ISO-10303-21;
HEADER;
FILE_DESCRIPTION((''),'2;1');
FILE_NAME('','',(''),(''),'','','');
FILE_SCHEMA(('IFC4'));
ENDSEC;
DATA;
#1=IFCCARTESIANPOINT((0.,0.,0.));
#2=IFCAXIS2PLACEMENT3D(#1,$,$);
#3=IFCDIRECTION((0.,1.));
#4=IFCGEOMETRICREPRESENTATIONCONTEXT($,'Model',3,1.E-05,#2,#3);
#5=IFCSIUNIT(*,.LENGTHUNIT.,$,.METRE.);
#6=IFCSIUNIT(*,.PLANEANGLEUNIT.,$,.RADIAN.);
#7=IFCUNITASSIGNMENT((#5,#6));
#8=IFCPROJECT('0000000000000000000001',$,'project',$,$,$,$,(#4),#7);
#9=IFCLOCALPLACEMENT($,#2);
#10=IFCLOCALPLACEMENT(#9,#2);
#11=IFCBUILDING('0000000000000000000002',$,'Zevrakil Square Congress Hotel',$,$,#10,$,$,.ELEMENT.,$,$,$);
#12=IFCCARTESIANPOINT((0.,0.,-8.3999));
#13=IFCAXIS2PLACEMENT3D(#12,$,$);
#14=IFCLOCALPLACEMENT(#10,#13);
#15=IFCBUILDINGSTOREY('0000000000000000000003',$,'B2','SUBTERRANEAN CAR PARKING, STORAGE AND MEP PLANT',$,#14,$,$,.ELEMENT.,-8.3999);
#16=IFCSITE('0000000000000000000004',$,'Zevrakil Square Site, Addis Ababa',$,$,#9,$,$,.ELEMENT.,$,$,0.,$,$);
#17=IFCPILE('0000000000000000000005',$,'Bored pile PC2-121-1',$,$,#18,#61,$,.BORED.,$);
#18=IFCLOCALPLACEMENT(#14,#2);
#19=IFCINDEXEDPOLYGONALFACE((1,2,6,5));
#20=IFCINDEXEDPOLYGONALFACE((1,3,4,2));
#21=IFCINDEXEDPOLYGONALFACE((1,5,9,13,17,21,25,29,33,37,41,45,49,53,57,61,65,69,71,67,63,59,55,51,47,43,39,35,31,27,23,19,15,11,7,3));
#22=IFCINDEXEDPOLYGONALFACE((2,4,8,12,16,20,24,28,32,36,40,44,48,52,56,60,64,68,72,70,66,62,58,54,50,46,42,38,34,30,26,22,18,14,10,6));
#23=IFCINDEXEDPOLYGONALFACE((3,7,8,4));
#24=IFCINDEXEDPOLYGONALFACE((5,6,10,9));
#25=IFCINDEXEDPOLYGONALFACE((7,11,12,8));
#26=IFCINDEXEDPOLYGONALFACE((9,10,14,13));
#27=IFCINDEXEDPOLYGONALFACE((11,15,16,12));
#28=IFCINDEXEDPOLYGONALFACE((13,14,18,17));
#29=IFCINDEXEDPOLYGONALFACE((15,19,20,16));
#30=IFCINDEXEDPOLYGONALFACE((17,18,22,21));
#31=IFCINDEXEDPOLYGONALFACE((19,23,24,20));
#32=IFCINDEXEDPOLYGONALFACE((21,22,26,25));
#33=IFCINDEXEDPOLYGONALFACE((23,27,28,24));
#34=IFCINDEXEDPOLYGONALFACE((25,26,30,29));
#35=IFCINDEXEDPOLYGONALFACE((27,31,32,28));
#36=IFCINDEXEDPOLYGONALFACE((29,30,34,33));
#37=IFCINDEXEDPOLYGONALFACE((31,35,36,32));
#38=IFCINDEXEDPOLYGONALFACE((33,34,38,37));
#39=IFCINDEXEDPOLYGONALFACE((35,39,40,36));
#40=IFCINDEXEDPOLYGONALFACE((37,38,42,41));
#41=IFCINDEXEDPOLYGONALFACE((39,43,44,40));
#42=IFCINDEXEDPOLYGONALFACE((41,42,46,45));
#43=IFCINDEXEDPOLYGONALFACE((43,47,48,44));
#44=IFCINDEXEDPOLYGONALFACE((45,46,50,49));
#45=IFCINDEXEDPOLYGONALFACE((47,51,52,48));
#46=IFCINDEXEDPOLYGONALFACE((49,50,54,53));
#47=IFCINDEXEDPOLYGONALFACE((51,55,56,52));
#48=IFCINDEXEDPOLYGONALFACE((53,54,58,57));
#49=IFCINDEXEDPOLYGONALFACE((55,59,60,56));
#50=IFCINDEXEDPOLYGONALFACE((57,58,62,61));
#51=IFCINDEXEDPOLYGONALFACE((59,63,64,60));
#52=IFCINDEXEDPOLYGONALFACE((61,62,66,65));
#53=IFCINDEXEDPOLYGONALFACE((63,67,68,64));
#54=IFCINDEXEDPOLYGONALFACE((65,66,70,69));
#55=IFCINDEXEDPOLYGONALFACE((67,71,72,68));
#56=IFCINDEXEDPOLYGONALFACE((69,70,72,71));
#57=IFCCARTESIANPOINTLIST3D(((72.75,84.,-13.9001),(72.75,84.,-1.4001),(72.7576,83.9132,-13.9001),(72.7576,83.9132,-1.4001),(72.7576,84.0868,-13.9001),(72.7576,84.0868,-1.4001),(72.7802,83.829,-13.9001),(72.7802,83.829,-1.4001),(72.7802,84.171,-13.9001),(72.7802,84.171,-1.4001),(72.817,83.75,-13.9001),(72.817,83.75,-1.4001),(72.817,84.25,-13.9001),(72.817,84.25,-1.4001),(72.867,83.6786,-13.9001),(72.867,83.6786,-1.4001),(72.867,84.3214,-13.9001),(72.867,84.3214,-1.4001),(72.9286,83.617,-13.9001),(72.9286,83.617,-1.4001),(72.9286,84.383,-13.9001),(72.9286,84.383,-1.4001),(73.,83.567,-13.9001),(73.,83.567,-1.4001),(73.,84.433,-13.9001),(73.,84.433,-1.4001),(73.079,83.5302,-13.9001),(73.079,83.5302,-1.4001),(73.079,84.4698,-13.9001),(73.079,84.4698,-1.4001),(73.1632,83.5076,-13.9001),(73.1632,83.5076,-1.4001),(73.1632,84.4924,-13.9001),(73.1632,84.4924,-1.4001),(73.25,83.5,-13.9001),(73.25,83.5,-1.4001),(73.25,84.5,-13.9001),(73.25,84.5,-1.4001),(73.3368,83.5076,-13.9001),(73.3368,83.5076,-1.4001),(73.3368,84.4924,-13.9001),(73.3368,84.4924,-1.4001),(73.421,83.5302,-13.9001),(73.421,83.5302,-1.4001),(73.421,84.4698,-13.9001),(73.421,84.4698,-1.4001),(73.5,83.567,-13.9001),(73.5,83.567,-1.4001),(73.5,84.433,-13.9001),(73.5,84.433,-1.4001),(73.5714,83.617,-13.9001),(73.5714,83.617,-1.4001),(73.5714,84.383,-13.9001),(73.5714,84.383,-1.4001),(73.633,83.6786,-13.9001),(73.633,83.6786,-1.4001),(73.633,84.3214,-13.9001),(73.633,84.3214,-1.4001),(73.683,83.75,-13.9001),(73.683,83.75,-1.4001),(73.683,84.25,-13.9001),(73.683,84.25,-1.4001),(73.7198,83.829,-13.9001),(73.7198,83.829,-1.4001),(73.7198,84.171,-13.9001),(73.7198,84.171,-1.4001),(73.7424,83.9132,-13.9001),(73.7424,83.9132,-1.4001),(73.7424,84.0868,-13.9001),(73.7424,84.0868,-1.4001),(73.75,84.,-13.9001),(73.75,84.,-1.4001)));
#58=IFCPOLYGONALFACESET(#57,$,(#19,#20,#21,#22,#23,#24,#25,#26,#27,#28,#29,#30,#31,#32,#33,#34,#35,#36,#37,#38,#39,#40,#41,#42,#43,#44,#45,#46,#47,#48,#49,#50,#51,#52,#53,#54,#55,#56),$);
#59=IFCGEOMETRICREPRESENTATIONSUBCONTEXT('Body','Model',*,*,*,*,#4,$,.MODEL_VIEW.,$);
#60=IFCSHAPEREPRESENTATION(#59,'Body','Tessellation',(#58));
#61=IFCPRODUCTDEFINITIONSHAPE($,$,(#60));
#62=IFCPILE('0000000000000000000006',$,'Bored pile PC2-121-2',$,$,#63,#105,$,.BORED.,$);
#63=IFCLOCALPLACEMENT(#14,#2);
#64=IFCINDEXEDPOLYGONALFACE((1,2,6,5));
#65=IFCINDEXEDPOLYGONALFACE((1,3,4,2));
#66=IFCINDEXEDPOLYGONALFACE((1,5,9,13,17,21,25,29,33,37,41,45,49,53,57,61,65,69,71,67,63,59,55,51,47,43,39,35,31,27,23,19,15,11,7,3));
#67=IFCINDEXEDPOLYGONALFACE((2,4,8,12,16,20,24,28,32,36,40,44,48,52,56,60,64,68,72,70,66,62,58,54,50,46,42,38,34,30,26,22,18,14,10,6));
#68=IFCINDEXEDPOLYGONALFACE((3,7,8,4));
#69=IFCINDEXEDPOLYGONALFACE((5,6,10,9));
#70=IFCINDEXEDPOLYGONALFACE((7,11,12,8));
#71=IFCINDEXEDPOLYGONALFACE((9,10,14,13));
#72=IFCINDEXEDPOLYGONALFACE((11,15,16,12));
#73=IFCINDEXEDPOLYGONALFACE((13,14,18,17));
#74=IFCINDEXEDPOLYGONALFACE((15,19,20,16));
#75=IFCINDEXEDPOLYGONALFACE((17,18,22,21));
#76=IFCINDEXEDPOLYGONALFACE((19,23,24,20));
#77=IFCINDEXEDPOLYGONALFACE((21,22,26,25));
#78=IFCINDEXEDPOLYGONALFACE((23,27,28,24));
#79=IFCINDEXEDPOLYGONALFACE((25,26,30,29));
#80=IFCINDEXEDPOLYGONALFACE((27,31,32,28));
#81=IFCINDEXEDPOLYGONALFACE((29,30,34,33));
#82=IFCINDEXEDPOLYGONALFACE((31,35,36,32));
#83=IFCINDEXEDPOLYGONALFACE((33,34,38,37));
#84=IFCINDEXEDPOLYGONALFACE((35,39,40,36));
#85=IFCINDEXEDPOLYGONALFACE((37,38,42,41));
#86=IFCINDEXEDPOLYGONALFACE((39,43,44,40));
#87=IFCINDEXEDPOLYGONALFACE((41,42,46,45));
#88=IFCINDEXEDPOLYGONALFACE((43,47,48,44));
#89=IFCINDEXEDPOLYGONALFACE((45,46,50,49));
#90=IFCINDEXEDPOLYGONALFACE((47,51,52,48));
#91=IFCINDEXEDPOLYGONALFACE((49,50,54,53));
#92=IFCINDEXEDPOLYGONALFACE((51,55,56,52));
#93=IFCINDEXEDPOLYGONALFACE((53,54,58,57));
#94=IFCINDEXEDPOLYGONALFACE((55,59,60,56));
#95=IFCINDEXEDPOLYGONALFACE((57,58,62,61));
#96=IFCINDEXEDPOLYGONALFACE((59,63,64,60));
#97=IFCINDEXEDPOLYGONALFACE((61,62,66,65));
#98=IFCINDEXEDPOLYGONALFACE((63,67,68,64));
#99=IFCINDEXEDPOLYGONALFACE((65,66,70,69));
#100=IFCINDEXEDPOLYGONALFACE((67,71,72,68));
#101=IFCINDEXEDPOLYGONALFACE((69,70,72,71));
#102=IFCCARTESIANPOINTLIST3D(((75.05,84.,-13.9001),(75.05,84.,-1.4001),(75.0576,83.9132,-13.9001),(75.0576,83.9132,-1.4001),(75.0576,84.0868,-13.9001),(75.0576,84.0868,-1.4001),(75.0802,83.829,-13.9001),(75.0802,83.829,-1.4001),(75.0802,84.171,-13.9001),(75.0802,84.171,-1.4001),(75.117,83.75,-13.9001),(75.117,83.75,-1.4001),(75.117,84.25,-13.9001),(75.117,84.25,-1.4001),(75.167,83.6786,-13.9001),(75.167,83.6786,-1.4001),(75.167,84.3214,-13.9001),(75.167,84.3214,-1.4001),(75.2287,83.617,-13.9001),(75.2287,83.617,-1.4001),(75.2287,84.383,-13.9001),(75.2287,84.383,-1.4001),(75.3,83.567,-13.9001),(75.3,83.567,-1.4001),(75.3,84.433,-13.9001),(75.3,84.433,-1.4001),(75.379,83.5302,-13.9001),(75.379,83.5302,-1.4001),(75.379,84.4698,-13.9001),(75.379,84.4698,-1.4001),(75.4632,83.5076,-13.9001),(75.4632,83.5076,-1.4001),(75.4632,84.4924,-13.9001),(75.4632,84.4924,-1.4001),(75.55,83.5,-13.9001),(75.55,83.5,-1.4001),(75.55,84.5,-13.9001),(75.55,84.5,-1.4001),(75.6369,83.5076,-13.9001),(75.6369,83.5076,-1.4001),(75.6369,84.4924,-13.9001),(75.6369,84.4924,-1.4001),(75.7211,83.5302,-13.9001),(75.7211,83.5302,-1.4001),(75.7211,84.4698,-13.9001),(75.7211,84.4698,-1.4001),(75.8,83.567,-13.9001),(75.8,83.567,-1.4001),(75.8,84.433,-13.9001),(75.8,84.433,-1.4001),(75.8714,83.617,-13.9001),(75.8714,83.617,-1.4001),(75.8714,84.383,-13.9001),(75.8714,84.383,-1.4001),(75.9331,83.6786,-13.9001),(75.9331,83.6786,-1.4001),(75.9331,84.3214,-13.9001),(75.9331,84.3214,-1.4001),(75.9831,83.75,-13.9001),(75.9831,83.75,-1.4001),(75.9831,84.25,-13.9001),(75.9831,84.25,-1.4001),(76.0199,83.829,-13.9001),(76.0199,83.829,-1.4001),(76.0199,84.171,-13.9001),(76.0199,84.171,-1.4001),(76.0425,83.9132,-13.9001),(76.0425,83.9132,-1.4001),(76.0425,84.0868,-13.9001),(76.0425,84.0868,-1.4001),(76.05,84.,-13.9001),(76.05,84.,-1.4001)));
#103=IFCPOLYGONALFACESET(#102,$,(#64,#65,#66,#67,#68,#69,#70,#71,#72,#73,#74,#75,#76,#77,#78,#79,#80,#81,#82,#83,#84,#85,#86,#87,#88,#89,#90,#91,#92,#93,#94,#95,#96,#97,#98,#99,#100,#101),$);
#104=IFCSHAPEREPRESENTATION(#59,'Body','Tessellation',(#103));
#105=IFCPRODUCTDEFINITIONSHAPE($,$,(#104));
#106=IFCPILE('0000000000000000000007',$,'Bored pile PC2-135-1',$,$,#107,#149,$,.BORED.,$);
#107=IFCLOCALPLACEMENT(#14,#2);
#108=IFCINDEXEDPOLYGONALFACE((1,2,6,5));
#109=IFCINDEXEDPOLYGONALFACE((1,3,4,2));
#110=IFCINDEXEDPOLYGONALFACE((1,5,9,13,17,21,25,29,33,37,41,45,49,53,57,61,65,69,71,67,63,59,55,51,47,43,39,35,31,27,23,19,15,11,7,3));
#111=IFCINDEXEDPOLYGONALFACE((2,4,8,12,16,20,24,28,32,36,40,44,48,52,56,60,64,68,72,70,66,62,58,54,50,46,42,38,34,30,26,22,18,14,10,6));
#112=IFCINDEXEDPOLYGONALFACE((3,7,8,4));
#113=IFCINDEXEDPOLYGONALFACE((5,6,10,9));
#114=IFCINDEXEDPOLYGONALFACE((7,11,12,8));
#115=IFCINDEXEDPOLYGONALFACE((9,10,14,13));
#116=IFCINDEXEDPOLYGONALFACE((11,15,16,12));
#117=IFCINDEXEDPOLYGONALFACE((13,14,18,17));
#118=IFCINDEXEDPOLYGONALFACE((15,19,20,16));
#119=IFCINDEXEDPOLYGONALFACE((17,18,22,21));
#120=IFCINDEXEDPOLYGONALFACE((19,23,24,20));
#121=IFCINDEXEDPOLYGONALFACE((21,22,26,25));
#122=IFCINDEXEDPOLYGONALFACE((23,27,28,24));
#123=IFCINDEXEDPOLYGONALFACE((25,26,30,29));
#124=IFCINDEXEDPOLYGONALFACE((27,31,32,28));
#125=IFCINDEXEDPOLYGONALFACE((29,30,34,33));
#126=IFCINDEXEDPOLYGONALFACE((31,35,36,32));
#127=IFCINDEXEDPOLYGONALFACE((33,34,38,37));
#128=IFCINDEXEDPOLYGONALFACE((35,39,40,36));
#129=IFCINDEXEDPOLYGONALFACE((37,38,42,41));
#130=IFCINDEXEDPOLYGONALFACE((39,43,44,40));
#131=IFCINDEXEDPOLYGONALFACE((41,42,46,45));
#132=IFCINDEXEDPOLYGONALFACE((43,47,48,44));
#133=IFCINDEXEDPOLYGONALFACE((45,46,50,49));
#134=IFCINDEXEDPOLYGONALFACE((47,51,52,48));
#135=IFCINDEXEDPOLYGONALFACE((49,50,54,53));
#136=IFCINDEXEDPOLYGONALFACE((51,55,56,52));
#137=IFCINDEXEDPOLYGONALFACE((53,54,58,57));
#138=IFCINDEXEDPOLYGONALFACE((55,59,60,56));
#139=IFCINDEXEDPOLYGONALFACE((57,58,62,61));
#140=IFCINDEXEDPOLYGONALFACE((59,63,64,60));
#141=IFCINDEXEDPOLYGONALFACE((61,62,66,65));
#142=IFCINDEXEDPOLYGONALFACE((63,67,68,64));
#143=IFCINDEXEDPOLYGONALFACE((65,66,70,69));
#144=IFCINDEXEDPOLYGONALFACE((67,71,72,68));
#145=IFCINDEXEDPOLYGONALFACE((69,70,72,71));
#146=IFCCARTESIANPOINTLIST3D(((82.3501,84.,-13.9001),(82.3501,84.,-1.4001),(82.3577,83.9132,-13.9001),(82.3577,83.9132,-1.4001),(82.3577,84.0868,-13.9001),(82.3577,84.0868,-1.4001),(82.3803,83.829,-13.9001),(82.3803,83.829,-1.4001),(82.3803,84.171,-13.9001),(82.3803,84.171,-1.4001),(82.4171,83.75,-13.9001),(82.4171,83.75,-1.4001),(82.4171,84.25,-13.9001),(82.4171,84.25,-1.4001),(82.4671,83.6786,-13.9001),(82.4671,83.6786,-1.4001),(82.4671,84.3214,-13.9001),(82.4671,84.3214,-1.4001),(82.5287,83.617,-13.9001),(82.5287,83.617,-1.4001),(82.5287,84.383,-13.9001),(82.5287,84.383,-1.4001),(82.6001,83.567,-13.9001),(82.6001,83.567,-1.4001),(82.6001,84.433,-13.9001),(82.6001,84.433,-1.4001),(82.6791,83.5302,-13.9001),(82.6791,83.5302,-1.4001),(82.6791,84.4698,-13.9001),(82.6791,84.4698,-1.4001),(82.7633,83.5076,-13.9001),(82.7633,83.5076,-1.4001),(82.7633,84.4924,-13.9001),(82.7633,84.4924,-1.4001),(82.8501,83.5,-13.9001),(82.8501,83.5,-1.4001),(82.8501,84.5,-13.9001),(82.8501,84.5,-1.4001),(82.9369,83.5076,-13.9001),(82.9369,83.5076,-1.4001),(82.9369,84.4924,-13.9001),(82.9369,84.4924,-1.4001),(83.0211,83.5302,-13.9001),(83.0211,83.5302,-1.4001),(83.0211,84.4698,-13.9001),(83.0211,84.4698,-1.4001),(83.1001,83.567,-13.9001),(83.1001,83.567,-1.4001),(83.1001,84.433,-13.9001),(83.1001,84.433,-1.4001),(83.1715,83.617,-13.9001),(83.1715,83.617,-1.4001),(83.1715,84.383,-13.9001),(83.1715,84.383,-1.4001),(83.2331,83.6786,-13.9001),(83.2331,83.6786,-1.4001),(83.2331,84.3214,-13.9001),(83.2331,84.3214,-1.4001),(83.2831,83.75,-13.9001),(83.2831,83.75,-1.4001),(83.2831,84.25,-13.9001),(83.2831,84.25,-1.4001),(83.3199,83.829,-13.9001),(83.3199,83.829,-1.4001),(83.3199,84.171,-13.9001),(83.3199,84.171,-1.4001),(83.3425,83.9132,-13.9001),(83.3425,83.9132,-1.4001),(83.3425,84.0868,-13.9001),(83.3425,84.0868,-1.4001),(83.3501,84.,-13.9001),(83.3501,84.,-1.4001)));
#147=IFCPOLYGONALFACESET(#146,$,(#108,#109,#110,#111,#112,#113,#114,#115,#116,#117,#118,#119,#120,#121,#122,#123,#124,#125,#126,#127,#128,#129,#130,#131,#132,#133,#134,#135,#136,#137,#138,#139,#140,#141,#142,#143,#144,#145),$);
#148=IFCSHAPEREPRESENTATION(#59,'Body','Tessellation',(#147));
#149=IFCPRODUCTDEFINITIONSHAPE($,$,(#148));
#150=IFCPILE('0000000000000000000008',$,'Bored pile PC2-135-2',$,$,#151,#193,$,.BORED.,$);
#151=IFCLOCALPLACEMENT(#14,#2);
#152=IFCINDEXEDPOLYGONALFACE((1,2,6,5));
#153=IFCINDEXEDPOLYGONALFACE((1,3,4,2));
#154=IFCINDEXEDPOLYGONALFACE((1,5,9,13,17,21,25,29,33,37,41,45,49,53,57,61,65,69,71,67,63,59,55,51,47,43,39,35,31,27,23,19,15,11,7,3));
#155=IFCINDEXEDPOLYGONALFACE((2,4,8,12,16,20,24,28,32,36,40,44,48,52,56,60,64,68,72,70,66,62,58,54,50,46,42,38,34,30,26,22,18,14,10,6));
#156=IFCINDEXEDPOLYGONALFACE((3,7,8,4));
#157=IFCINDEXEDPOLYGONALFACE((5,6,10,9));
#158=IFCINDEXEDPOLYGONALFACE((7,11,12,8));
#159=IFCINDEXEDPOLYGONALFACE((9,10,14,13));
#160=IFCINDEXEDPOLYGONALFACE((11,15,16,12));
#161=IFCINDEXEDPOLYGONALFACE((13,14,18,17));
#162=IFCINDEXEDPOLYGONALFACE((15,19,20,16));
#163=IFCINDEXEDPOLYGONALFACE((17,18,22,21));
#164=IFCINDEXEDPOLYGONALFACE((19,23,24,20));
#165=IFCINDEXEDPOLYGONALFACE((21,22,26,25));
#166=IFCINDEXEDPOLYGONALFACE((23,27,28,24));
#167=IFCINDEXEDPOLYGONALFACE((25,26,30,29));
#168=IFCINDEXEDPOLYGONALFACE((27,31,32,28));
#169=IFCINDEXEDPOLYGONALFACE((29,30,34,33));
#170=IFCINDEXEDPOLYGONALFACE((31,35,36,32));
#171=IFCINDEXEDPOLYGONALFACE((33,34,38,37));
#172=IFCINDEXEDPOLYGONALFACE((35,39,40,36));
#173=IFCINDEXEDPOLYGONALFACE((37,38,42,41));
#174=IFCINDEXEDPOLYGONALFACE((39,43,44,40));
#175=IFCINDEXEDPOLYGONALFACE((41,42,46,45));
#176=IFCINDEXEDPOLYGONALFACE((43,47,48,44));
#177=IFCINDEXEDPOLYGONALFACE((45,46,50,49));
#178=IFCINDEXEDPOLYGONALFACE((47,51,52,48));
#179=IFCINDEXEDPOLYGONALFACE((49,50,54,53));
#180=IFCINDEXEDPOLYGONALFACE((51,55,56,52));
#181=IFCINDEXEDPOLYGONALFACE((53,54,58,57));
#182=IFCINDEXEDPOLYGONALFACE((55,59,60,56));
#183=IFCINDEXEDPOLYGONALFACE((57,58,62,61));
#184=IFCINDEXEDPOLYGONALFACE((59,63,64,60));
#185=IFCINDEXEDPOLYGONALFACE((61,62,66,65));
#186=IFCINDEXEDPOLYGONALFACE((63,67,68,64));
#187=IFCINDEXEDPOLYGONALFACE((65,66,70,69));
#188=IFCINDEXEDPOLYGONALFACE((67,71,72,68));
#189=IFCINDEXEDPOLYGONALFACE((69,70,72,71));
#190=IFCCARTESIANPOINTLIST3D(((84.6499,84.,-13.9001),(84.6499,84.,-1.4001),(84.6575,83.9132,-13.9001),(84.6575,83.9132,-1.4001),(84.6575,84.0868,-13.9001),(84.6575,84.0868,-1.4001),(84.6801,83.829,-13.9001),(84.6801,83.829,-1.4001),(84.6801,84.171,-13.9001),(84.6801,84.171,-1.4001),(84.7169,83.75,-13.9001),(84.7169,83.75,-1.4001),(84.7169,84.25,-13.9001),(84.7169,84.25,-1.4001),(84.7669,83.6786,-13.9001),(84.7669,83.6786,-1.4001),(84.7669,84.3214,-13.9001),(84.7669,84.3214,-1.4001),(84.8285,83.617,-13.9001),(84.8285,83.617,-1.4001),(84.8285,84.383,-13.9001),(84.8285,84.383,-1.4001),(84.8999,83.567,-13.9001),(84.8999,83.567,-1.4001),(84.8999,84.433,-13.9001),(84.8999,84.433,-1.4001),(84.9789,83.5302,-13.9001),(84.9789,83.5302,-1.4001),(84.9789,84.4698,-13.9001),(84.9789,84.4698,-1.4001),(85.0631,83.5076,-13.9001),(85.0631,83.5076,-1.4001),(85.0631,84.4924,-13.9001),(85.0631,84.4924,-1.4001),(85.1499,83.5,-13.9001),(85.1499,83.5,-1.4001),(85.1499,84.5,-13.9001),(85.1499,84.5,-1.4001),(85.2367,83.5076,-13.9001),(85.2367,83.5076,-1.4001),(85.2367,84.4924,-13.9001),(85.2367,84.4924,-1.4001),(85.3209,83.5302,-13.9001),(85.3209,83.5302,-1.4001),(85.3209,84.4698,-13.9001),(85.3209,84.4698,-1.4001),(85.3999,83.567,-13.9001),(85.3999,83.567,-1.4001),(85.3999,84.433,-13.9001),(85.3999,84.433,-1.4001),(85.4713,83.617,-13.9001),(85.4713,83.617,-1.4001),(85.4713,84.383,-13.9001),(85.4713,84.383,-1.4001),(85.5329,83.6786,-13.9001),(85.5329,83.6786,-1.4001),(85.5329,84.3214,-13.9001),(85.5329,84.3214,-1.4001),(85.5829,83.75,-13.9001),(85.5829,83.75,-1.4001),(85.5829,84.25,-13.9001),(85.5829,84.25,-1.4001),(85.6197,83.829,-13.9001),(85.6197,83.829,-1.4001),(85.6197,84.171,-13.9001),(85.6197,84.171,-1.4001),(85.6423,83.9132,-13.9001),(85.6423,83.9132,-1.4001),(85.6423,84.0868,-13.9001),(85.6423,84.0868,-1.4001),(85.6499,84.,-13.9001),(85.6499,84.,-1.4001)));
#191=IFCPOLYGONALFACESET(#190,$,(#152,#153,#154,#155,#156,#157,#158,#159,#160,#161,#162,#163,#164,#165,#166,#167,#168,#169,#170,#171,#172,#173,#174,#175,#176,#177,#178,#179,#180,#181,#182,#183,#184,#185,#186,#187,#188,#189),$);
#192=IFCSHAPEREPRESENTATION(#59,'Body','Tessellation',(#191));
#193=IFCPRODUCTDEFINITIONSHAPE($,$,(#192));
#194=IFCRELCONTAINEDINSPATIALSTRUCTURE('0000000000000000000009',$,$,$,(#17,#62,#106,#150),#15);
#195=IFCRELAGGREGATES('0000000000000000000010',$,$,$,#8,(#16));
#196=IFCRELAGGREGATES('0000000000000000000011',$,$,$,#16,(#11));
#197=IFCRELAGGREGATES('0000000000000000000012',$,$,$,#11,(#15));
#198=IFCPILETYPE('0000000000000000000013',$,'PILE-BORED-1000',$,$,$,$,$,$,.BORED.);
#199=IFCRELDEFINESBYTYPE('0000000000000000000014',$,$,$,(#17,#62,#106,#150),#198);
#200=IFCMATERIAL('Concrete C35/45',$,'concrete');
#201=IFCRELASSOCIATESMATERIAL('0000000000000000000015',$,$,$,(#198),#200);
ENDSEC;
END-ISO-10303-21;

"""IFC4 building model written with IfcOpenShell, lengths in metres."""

from ifc_helpers import new_model, si_unit, direction, frame, origin, origin_2d, place, context, subcontext, project, spatial, circle, extrude, material, material_profile, profile_set, type_object, element, save


model = new_model("IFC4")

# Units and contexts
model_context = context("Model", 3, precision=1e-05, world=origin(), true_north=direction((0.0, 1.0)))
body_context = subcontext(model_context, "Body", "Model", "MODEL_VIEW")
ifc_project = project(units=[si_unit("LENGTHUNIT", "METRE"), si_unit("PLANEANGLEUNIT", "RADIAN")], contexts=[model_context])

# Site, building, storey
site_placement = place(None, origin())
site = spatial("IfcSite", under=ifc_project, at=site_placement, Name="Zevrakil Square Site, Addis Ababa", CompositionType="ELEMENT", RefElevation=0.0)
building_placement = place(site_placement, origin())
building = spatial("IfcBuilding", under=site, at=building_placement, Name="Zevrakil Square Congress Hotel", CompositionType="ELEMENT")
storey_placement = place(building_placement, frame((0.0, 0.0, -8.3999)))
storey = spatial("IfcBuildingStorey", under=building, at=storey_placement, Name="B2", Description="SUBTERRANEAN CAR PARKING, STORAGE AND MEP PLANT", CompositionType="ELEMENT", Elevation=-8.3999)

# Piles
ifc_material_1 = material(Name="Concrete C35/45", Category="concrete")
ifc_material_profile_1 = material_profile(ifc_material_1, circle(Radius=0.5, at=origin_2d()), Name="PILE D1000")
ifc_profile_set_1 = profile_set([ifc_material_profile_1], Name="Concrete C35/45")
pile_type = type_object("IfcPileType", Name="PILE-BORED-1000", PredefinedType="BORED", material=ifc_profile_set_1)
for number, where, z_axis, x_axis, name in (
    (1, (73.25, 84.0, -1.4001), (0.0, 0.0, -1.0), (1.0, 0.0, 0.0), "Bored pile PC2-121-1"),
    (2, (75.55, 84.0, -1.4001), (0.0, 0.0, -1.0), (1.0, 0.0, 0.0), "Bored pile PC2-121-2"),
    (3, (82.8501, 84.0, -1.4001), (0.0, 0.0, -1.0), (1.0, 0.0, 0.0), "Bored pile PC2-135-1"),
    (4, (85.1499, 84.0, -1.4001), (0.0, 0.0, -1.0), (1.0, 0.0, 0.0), "Bored pile PC2-135-2"),
):
    element("IfcPile", number, at=place(storey_placement, frame(where, z_axis=z_axis, x_axis=x_axis)), inside=storey, type_object=pile_type, Name=name, PredefinedType="BORED", context=body_context, shape_type="SweptSolid", body=[
        extrude(circle(Radius=0.5, at=origin_2d()), origin(), (0.0, 0.0, 1.0), 12.5),
    ])

save(model, "model.ifc")
